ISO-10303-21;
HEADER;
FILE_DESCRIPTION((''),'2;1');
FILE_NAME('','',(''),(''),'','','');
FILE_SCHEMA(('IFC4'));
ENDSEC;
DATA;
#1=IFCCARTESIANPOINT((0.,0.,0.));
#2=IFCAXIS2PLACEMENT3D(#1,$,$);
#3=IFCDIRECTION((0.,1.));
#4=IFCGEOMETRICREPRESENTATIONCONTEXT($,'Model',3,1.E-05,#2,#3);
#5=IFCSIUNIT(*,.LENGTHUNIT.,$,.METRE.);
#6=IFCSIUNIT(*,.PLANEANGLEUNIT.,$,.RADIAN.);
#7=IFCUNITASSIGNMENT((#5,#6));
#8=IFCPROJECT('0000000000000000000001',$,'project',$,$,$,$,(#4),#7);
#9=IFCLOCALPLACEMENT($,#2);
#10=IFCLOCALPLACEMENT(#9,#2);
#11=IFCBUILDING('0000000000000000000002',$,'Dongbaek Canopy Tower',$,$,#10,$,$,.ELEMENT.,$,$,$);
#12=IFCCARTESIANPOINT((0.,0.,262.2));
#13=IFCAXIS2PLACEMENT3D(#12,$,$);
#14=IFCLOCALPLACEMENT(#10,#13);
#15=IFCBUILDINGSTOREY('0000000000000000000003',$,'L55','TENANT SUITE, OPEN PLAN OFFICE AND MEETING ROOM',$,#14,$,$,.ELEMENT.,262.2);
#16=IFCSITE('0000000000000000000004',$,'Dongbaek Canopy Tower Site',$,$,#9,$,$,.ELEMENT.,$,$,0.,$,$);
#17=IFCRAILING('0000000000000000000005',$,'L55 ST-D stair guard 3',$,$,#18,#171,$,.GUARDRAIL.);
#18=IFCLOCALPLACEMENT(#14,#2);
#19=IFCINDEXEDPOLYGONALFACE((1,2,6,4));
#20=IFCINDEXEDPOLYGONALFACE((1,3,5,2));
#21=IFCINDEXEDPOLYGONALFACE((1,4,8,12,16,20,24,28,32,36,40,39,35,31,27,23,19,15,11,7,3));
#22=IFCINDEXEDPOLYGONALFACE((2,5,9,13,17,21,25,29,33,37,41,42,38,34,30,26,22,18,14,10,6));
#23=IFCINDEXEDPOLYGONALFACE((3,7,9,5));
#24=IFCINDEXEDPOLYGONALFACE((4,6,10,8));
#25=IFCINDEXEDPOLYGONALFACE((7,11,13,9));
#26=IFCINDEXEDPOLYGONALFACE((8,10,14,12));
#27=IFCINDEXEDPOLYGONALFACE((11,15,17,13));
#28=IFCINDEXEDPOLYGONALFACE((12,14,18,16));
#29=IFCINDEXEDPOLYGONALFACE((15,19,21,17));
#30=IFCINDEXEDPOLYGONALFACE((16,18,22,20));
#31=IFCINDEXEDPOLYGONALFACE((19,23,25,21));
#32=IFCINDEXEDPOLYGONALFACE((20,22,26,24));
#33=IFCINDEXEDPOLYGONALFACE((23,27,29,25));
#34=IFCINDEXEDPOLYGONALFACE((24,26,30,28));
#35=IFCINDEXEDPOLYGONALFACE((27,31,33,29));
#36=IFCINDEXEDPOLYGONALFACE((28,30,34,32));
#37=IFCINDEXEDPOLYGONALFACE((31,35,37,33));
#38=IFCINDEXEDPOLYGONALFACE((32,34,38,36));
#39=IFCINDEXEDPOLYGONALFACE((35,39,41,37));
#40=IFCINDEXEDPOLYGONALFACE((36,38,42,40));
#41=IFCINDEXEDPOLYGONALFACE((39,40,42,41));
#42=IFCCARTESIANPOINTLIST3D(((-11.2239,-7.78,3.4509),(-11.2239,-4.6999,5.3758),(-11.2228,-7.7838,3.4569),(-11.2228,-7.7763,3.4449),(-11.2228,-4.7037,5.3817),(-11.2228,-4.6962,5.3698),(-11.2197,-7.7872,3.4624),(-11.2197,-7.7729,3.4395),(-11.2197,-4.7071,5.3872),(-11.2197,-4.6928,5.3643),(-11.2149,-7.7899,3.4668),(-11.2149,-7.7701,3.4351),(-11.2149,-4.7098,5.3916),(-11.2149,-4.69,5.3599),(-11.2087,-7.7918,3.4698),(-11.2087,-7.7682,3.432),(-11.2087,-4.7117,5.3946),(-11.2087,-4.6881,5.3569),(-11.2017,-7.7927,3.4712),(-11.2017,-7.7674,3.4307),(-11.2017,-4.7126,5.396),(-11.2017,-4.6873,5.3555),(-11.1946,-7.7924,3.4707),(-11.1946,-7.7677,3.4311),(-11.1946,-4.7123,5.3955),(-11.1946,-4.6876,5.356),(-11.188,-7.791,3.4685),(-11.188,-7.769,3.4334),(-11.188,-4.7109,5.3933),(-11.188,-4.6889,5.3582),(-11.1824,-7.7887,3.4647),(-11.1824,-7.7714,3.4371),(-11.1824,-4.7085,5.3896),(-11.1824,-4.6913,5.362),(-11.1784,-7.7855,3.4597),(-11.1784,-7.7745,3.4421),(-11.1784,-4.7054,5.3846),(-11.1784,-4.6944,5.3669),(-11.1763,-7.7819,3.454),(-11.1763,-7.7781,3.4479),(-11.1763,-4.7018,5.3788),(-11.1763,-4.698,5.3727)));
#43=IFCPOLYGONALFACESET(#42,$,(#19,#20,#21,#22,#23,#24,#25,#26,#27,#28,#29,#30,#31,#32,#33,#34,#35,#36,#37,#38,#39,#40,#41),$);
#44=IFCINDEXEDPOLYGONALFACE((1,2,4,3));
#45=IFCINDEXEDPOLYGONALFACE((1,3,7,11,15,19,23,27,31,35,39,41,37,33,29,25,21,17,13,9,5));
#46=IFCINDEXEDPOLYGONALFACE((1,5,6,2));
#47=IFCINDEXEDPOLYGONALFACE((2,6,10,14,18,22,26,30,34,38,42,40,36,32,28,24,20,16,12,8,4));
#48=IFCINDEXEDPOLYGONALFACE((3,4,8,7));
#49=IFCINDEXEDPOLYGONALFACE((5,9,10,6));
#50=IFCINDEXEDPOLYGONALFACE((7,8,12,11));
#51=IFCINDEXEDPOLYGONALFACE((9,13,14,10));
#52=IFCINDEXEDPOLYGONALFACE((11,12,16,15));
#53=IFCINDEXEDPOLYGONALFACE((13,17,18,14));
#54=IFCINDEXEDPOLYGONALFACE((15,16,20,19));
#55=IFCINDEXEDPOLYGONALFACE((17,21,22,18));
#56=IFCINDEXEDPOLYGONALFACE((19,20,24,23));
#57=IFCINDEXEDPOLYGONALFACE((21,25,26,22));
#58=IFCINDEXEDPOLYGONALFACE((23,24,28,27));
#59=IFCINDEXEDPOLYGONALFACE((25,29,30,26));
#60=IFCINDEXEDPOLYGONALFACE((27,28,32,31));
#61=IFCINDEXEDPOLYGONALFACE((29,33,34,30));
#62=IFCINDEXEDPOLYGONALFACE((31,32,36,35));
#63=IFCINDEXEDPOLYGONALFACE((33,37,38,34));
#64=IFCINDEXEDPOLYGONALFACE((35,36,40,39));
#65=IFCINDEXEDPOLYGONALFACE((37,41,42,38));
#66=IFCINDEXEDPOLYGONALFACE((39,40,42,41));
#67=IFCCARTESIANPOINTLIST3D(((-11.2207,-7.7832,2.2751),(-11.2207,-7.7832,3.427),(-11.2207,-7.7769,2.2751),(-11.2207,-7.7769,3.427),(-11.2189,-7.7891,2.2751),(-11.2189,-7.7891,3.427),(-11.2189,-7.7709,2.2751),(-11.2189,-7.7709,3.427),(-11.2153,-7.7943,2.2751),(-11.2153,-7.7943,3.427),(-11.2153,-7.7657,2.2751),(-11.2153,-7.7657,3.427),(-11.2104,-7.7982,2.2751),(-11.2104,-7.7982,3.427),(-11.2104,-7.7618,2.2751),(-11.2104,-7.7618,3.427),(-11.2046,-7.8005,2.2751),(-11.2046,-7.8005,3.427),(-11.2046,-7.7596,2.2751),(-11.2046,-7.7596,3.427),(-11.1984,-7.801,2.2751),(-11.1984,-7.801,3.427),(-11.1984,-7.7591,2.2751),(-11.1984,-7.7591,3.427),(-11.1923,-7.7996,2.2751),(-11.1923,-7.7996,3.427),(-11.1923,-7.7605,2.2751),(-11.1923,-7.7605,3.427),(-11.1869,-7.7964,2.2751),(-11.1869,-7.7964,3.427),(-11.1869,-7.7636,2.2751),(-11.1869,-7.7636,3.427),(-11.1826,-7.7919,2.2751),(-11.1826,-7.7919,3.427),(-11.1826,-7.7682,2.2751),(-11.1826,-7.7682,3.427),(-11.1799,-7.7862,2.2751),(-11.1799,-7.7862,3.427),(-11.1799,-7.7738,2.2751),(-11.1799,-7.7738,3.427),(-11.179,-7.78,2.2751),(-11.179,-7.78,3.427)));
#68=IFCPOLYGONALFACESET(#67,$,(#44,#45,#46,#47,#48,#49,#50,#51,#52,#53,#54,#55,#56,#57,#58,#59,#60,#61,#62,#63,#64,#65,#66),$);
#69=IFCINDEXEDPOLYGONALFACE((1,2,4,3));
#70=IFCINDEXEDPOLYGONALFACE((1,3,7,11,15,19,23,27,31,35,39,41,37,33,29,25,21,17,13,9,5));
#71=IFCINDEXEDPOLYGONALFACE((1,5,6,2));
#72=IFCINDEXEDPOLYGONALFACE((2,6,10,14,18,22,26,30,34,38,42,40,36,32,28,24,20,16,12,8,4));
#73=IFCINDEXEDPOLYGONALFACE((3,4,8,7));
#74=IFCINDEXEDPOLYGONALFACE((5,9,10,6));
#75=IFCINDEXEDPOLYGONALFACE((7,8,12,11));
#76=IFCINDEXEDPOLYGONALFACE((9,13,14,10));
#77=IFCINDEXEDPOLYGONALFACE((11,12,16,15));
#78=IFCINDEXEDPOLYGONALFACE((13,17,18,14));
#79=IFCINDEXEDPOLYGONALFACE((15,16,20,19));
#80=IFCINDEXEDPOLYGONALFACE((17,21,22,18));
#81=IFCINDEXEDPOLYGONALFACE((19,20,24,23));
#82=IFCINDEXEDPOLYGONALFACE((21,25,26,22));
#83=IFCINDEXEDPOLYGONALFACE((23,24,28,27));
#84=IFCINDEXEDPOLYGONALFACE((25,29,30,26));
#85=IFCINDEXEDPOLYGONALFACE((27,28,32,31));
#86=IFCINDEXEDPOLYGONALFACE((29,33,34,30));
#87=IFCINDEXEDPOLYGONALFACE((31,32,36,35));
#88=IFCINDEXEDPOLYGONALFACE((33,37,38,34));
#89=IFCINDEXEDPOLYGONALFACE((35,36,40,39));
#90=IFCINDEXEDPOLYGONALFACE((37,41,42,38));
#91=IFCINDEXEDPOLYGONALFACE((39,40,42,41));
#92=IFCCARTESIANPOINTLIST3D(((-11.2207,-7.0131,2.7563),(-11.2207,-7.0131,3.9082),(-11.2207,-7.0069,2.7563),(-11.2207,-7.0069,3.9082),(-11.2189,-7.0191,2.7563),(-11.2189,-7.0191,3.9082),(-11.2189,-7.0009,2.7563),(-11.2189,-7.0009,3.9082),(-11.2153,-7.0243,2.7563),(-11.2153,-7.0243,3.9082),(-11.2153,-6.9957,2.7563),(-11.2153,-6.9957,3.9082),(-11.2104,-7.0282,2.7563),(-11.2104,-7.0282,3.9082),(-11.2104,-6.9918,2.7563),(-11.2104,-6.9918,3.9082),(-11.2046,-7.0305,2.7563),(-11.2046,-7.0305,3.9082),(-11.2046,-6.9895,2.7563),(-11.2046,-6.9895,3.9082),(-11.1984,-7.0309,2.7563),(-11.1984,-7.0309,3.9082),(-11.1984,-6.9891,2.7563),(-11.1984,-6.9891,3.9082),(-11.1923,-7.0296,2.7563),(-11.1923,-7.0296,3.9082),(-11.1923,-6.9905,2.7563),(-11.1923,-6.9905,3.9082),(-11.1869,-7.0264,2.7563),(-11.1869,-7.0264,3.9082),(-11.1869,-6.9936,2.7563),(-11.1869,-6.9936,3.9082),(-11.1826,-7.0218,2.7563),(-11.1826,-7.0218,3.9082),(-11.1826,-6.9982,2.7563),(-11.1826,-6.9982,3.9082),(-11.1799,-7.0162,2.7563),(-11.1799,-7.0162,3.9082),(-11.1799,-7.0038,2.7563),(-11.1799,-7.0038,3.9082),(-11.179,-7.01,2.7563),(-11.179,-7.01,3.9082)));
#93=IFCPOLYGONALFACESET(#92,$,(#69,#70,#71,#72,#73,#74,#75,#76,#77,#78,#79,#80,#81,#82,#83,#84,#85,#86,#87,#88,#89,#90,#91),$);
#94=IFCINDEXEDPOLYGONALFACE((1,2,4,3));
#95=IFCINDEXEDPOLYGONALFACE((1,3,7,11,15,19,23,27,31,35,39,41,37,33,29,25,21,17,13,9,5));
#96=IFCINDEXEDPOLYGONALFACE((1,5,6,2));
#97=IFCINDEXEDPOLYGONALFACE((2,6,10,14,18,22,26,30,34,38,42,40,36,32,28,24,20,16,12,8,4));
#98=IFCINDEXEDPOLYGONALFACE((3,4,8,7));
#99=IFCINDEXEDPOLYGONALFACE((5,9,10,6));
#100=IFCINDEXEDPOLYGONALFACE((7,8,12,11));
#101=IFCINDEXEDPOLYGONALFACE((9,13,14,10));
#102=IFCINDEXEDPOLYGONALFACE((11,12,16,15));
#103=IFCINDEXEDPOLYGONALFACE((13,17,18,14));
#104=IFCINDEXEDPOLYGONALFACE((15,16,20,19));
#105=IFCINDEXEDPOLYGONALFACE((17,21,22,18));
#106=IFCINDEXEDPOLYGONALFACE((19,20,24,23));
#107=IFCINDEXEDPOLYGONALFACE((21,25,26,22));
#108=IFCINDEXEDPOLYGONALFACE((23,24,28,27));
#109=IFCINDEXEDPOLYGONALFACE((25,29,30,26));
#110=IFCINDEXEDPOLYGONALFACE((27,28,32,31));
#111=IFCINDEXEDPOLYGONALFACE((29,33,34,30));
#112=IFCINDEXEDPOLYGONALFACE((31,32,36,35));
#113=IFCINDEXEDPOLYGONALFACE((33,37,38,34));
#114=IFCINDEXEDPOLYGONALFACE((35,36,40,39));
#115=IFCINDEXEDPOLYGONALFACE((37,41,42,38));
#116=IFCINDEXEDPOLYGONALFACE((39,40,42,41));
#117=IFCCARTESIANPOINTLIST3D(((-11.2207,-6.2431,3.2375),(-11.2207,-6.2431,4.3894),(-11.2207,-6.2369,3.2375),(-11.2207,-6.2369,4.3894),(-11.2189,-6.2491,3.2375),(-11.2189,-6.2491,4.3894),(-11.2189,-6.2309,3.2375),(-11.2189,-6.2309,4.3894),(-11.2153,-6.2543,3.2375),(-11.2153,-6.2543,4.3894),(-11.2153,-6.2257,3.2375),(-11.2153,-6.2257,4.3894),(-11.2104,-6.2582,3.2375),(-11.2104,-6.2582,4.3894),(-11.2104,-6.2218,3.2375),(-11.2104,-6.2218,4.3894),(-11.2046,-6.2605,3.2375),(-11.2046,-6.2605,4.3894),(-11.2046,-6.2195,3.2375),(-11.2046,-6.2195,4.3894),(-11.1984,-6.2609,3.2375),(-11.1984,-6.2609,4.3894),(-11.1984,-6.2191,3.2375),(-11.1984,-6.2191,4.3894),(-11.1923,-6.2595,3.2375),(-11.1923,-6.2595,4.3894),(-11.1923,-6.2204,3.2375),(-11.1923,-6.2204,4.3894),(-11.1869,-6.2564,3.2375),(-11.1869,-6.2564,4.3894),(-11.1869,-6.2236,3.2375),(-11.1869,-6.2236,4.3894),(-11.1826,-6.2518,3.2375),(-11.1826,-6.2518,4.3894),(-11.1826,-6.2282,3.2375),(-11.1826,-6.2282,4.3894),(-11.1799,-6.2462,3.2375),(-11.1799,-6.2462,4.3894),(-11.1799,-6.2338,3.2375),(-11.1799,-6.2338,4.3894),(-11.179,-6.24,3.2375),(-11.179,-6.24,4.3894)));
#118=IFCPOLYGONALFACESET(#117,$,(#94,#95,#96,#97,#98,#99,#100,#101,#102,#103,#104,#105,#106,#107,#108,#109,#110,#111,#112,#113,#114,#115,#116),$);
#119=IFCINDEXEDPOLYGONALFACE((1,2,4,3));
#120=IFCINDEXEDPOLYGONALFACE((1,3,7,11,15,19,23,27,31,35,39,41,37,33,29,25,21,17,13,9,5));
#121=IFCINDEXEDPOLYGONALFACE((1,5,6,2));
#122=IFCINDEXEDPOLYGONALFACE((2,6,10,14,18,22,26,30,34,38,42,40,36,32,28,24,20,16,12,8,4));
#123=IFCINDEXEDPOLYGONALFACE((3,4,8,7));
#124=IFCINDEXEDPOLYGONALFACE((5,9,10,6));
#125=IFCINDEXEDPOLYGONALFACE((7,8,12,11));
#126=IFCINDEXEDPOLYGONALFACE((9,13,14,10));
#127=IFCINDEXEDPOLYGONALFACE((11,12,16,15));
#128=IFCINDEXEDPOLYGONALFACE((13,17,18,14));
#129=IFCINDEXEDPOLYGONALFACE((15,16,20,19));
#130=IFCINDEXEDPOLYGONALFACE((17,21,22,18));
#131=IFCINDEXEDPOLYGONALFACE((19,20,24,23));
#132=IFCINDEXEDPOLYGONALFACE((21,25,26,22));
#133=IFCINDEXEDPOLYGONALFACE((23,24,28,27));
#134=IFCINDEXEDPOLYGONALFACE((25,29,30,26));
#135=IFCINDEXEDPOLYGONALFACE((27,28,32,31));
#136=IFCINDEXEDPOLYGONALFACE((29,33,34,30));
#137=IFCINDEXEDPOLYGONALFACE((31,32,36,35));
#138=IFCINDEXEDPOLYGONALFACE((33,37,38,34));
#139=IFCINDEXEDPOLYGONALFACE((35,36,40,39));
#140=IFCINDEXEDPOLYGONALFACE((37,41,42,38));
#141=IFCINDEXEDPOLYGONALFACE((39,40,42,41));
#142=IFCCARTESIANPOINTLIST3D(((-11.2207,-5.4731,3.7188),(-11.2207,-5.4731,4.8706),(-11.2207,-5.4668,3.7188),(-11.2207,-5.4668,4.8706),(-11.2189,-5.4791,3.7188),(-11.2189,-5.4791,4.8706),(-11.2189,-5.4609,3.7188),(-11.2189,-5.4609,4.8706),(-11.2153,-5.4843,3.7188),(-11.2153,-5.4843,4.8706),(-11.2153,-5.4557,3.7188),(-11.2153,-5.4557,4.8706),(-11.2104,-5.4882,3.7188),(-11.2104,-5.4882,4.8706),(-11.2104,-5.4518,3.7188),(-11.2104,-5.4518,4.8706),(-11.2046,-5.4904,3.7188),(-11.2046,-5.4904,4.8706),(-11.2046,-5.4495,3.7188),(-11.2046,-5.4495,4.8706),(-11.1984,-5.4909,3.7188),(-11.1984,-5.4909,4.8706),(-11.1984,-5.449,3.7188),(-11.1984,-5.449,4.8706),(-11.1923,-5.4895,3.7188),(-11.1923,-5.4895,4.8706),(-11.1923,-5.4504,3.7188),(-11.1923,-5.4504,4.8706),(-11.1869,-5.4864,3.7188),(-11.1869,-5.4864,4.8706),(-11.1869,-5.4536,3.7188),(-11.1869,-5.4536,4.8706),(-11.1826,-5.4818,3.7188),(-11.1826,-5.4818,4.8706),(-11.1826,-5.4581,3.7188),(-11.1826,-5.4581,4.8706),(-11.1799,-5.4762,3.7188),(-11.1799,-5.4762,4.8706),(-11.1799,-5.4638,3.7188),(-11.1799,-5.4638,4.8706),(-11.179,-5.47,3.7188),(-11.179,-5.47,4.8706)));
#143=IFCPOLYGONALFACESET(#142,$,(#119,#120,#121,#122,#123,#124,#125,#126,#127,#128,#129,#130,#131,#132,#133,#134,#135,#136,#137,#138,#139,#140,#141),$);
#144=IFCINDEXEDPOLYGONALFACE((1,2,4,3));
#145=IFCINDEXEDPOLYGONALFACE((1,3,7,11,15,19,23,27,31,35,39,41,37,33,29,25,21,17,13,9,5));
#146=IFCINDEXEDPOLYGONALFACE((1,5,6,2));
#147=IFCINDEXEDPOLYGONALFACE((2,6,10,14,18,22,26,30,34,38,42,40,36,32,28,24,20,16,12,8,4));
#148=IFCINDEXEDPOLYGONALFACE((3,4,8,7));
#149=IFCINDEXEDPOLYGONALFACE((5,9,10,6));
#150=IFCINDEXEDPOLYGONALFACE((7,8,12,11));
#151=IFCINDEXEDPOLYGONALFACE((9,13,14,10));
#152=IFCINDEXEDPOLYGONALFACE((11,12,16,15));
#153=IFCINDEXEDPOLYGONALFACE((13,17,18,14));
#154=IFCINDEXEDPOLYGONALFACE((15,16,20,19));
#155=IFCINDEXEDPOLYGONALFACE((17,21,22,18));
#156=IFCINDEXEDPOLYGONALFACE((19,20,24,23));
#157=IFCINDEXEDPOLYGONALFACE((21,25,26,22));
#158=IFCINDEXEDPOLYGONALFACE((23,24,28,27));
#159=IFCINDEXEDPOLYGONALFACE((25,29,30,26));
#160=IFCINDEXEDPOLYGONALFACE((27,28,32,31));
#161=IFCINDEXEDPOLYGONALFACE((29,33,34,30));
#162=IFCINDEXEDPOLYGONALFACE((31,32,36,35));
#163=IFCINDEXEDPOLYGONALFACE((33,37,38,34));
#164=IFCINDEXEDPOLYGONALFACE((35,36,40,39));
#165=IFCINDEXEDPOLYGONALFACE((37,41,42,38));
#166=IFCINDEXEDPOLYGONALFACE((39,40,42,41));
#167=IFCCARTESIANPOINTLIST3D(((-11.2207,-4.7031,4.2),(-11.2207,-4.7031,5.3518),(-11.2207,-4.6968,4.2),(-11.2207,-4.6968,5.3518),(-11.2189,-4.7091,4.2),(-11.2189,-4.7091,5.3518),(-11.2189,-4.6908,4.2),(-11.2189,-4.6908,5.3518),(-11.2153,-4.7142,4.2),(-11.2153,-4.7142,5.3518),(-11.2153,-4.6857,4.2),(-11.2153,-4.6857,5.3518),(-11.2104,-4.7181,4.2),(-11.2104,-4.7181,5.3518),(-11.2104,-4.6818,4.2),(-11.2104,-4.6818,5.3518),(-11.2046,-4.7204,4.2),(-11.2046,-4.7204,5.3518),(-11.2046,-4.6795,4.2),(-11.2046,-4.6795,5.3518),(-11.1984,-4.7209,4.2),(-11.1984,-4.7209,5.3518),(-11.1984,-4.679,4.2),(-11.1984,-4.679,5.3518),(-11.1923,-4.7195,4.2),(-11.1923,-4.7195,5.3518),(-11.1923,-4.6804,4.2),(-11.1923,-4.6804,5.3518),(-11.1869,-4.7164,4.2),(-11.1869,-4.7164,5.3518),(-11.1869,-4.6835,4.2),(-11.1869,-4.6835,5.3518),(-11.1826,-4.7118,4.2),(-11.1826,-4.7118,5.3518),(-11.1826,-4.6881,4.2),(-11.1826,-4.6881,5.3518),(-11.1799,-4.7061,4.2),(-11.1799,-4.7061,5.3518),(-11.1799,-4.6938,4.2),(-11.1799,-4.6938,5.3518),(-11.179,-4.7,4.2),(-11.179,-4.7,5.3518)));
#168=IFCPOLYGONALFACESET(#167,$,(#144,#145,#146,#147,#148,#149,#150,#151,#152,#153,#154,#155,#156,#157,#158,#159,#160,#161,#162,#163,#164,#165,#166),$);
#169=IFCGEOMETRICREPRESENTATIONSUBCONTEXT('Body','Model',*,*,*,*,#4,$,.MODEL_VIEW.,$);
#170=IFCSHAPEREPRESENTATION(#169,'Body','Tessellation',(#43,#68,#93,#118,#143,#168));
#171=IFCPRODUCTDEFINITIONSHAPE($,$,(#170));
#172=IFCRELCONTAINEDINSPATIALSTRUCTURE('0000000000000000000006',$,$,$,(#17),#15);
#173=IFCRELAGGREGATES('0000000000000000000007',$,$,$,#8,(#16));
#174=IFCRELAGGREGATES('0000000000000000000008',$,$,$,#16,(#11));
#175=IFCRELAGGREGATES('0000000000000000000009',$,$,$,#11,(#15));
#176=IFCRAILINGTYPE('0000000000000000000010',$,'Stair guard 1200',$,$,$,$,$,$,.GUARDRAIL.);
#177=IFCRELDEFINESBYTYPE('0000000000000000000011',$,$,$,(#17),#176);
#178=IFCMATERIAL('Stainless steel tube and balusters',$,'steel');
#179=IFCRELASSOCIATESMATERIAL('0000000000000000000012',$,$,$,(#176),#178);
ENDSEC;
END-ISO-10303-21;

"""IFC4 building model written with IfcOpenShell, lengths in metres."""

from ifc_helpers import new_model, si_unit, direction, frame, origin, origin_2d, place, context, subcontext, project, spatial, circle, extrude, material, type_object, element, save


model = new_model("IFC4")

# Units and contexts
model_context = context("Model", 3, precision=1e-05, world=origin(), true_north=direction((0.0, 1.0)))
body_context = subcontext(model_context, "Body", "Model", "MODEL_VIEW")
ifc_project = project(units=[si_unit("LENGTHUNIT", "METRE"), si_unit("PLANEANGLEUNIT", "RADIAN")], contexts=[model_context])

# Site, building, storey
site_placement = place(None, origin())
site = spatial("IfcSite", under=ifc_project, at=site_placement, Name="Dongbaek Canopy Tower Site", CompositionType="ELEMENT", RefElevation=0.0)
building_placement = place(site_placement, origin())
building = spatial("IfcBuilding", under=site, at=building_placement, Name="Dongbaek Canopy Tower", CompositionType="ELEMENT")
storey_placement = place(building_placement, frame((0.0, 0.0, 262.2)))
storey = spatial("IfcBuildingStorey", under=building, at=storey_placement, Name="L55", Description="TENANT SUITE, OPEN PLAN OFFICE AND MEETING ROOM", CompositionType="ELEMENT", Elevation=262.2)

# Railing
ifc_material_1 = material(Name="Stainless steel tube and balusters", Category="steel")
railing_type_1 = type_object("IfcRailingType", Name="Stair guard 1200", PredefinedType="GUARDRAIL", material=ifc_material_1)
railing_1_placement = place(storey_placement, frame((-11.2, -7.78, 2.2751)))
element("IfcRailing", 1, at=railing_1_placement, inside=storey, type_object=railing_type_1, Name="L55 ST-D stair guard 3", PredefinedType="GUARDRAIL", context=body_context, shape_type="SweptSolid", body=[
    extrude(circle(Radius=0.0239, at=origin_2d()), frame((0.0, 0.0, 1.1758), z_axis=(0.0, 0.848029, 0.529951), x_axis=(-1.0, 0.0, 0.0)), (0.0, 0.0, 1.0), 3.6321),
    extrude(circle(Radius=0.021, at=origin_2d()), origin(), (0.0, 0.0, 1.0), 1.1519),
    extrude(circle(Radius=0.021, at=origin_2d()), frame((0.0, 0.77, 0.4812)), (0.0, 0.0, 1.0), 1.1519),
    extrude(circle(Radius=0.021, at=origin_2d()), frame((0.0, 1.54, 0.9624)), (0.0, 0.0, 1.0), 1.1519),
    extrude(circle(Radius=0.021, at=origin_2d()), frame((0.0, 2.3101, 1.4436)), (0.0, 0.0, 1.0), 1.1519),
    extrude(circle(Radius=0.021, at=origin_2d()), frame((0.0, 3.0801, 1.9248)), (0.0, 0.0, 1.0), 1.1519),
])

save(model, "model.ifc")
